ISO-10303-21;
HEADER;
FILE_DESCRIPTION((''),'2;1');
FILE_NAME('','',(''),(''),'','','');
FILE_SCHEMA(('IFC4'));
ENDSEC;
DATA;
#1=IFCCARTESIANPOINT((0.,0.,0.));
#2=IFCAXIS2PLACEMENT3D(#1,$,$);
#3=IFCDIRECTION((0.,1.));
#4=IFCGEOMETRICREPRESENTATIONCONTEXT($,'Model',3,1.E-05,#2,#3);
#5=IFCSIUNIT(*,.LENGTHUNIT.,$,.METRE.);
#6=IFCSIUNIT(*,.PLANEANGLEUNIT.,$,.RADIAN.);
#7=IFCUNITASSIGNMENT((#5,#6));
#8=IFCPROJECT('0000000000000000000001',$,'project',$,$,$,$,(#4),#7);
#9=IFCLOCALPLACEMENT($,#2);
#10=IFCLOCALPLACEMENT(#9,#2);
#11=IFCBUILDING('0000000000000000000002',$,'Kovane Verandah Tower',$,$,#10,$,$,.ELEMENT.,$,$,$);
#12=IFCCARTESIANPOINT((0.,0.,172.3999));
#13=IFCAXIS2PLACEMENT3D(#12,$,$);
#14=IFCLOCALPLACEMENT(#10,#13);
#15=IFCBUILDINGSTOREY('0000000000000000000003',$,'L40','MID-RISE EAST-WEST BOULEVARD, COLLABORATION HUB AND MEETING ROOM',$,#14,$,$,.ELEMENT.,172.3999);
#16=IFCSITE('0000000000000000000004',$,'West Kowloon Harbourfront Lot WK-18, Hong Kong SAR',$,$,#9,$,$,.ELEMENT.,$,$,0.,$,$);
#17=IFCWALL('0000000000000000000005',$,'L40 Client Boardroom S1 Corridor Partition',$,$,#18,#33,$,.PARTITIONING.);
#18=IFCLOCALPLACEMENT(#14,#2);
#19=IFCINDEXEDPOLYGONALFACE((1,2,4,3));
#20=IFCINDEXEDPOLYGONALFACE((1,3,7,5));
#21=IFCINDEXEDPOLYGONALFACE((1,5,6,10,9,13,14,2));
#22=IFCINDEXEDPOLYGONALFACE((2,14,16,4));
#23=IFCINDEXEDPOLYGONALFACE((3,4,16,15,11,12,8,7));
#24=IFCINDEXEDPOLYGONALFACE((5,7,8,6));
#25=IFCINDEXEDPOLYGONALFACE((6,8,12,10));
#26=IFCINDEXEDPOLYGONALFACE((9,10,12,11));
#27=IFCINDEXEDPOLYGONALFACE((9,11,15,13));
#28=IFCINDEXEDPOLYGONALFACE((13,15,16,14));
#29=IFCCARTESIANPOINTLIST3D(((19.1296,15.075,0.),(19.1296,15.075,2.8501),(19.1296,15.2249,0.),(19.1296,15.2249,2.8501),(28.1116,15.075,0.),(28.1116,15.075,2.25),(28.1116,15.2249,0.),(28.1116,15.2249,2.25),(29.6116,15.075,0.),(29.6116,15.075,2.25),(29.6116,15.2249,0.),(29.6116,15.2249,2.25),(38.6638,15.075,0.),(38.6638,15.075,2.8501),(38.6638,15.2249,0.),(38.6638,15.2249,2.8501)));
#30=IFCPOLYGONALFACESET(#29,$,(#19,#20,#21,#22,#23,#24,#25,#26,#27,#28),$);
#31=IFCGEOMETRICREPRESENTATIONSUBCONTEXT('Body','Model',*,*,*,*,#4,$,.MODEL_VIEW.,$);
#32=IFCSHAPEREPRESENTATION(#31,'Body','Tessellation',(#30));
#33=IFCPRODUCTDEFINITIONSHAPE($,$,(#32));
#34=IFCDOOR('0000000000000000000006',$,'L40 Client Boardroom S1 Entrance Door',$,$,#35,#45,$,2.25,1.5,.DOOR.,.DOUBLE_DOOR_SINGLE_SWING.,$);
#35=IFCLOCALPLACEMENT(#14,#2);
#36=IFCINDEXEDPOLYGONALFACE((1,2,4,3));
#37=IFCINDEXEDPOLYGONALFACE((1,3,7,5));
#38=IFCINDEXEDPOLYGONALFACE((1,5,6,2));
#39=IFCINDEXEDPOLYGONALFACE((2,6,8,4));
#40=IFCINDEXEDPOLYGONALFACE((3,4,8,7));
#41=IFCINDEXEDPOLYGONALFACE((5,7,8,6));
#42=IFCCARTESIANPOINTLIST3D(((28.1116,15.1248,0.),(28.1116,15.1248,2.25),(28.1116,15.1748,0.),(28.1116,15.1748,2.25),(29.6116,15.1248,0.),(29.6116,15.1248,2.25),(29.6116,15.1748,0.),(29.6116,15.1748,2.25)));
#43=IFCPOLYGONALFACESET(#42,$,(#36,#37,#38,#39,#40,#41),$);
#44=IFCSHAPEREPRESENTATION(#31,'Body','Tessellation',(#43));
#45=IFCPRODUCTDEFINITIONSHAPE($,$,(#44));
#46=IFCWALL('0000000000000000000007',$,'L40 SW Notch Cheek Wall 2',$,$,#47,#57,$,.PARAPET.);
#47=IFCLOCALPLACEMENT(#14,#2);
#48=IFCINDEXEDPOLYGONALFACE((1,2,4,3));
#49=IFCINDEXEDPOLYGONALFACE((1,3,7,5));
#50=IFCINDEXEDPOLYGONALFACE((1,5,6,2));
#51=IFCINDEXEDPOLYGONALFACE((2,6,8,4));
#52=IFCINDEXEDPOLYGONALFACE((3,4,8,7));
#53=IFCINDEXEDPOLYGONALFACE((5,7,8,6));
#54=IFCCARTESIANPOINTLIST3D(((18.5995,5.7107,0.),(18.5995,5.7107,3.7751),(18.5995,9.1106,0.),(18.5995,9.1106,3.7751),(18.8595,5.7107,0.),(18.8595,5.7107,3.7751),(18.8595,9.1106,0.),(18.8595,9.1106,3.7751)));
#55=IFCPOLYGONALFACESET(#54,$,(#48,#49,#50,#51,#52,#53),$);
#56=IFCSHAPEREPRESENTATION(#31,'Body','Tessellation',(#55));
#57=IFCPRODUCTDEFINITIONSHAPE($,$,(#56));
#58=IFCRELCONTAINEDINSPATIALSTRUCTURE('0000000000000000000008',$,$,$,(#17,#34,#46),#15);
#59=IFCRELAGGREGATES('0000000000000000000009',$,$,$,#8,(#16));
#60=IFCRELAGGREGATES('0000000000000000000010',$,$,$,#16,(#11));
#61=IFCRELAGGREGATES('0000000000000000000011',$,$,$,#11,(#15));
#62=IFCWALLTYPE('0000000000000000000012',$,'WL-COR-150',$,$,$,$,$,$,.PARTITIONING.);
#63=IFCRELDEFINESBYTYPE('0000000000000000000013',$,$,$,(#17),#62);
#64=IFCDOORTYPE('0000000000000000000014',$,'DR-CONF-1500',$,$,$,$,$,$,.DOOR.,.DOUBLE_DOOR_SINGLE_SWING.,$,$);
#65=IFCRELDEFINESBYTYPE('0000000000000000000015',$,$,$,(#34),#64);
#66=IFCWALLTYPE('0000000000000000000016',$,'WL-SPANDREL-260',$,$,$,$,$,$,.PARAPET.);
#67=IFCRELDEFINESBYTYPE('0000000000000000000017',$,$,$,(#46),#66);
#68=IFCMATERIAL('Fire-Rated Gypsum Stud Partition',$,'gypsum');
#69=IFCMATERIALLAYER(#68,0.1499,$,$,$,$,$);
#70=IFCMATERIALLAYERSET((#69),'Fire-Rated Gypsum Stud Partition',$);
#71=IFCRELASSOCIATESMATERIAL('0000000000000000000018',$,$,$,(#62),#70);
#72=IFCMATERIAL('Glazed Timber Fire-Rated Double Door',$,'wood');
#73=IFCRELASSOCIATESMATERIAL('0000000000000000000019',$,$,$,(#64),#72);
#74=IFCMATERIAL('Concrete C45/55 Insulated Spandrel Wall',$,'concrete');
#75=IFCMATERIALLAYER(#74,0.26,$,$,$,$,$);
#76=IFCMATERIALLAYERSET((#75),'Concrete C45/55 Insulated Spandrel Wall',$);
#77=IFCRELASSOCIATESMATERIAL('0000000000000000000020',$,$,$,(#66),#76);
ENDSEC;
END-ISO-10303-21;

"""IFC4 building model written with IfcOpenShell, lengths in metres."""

from ifc_helpers import new_model, si_unit, direction, frame, frame_2d, origin, place, context, subcontext, project, spatial, rectangle, extrude, material, layer, layer_set, type_object, element, fill, save


model = new_model("IFC4")

# Units and contexts
model_context = context("Model", 3, precision=1e-05, world=origin(), true_north=direction((0.0, 1.0)))
body_context = subcontext(model_context, "Body", "Model", "MODEL_VIEW")
ifc_project = project(units=[si_unit("LENGTHUNIT", "METRE"), si_unit("PLANEANGLEUNIT", "RADIAN")], contexts=[model_context])

# Site, building, storey
site_placement = place(None, origin())
site = spatial("IfcSite", under=ifc_project, at=site_placement, Name="West Kowloon Harbourfront Lot WK-18, Hong Kong SAR", CompositionType="ELEMENT", RefElevation=0.0)
building_placement = place(site_placement, origin())
building = spatial("IfcBuilding", under=site, at=building_placement, Name="Kovane Verandah Tower", CompositionType="ELEMENT")
storey_placement = place(building_placement, frame((0.0, 0.0, 172.3999)))
storey = spatial("IfcBuildingStorey", under=building, at=storey_placement, Name="L40", Description="MID-RISE EAST-WEST BOULEVARD, COLLABORATION HUB AND MEETING ROOM", CompositionType="ELEMENT", Elevation=172.3999)

# Wall, opening, door
ifc_material_1 = material(Name="Fire-Rated Gypsum Stud Partition", Category="gypsum")
ifc_layer_1 = layer(ifc_material_1, 0.1499)
ifc_layer_set_1 = layer_set([ifc_layer_1], Name="Fire-Rated Gypsum Stud Partition")
wall_type_1 = type_object("IfcWallType", Name="WL-COR-150", PredefinedType="PARTITIONING", material=ifc_layer_set_1)
wall_1_placement = place(storey_placement, frame((19.1296, 15.1499, 0.0), z_axis=(0.0, 0.0, 1.0), x_axis=(1.0, 0.0, 0.0)))
wall_1 = element("IfcWall", 1, at=wall_1_placement, inside=storey, type_object=wall_type_1, Name="L40 Client Boardroom S1 Corridor Partition", PredefinedType="PARTITIONING", context=body_context, shape_type="SweptSolid", body=[
    extrude(rectangle(XDim=19.5342, YDim=0.1499, at=frame_2d((9.7671, 0.0))), origin(), (0.0, 0.0, 1.0), 2.8501),
])
opening_1_placement = place(wall_1_placement, frame((8.9819, 0.0, 0.0)))
opening_1 = element("IfcOpeningElement", 2, at=opening_1_placement, cuts=wall_1, PredefinedType="OPENING", context=body_context, shape_type="SweptSolid", body=[
    extrude(rectangle(XDim=1.5, YDim=2.25, at=frame_2d((0.75, 1.125))), frame((0.0, 0.075, 0.0), z_axis=(0.0, -1.0, 0.0), x_axis=(1.0, 0.0, 0.0)), (0.0, 0.0, 1.0), 0.1499),
])
ifc_material_2 = material(Name="Glazed Timber Fire-Rated Double Door", Category="wood")
door_type_1 = type_object("IfcDoorType", Name="DR-CONF-1500", OperationType="DOUBLE_DOOR_SINGLE_SWING", PredefinedType="DOOR", material=ifc_material_2)
door_1_placement = place(opening_1_placement, origin())
door_1 = element("IfcDoor", 3, at=door_1_placement, inside=storey, type_object=door_type_1, Name="L40 Client Boardroom S1 Entrance Door", OperationType="DOUBLE_DOOR_SINGLE_SWING", OverallHeight=2.25, OverallWidth=1.5, PredefinedType="DOOR", context=body_context, shape_type="SweptSolid", body=[
    extrude(rectangle(XDim=1.5, YDim=2.25, at=frame_2d((0.75, 1.125))), frame((0.0, 0.0249, 0.0), z_axis=(0.0, -1.0, 0.0), x_axis=(1.0, 0.0, 0.0)), (0.0, 0.0, 1.0), 0.05),
])
fill(opening_1, door_1)

# Shared definitions
ifc_material_3 = material(Name="Concrete C45/55 Insulated Spandrel Wall", Category="concrete")
ifc_layer_2 = layer(ifc_material_3, 0.26)
ifc_layer_set_2 = layer_set([ifc_layer_2], Name="Concrete C45/55 Insulated Spandrel Wall")
wall_type_2 = type_object("IfcWallType", Name="WL-SPANDREL-260", PredefinedType="PARAPET", material=ifc_layer_set_2)

# Wall
wall_2_placement = place(storey_placement, frame((18.7295, 9.1106, 0.0), z_axis=(0.0, 0.0, 1.0), x_axis=(0.0, -1.0, 0.0)))
element("IfcWall", 4, at=wall_2_placement, inside=storey, type_object=wall_type_2, Name="L40 SW Notch Cheek Wall 2", PredefinedType="PARAPET", context=body_context, shape_type="SweptSolid", body=[
    extrude(rectangle(XDim=3.3999, YDim=0.26, at=frame_2d((1.7, 0.0))), origin(), (0.0, 0.0, 1.0), 3.7751),
])

save(model, "model.ifc")
